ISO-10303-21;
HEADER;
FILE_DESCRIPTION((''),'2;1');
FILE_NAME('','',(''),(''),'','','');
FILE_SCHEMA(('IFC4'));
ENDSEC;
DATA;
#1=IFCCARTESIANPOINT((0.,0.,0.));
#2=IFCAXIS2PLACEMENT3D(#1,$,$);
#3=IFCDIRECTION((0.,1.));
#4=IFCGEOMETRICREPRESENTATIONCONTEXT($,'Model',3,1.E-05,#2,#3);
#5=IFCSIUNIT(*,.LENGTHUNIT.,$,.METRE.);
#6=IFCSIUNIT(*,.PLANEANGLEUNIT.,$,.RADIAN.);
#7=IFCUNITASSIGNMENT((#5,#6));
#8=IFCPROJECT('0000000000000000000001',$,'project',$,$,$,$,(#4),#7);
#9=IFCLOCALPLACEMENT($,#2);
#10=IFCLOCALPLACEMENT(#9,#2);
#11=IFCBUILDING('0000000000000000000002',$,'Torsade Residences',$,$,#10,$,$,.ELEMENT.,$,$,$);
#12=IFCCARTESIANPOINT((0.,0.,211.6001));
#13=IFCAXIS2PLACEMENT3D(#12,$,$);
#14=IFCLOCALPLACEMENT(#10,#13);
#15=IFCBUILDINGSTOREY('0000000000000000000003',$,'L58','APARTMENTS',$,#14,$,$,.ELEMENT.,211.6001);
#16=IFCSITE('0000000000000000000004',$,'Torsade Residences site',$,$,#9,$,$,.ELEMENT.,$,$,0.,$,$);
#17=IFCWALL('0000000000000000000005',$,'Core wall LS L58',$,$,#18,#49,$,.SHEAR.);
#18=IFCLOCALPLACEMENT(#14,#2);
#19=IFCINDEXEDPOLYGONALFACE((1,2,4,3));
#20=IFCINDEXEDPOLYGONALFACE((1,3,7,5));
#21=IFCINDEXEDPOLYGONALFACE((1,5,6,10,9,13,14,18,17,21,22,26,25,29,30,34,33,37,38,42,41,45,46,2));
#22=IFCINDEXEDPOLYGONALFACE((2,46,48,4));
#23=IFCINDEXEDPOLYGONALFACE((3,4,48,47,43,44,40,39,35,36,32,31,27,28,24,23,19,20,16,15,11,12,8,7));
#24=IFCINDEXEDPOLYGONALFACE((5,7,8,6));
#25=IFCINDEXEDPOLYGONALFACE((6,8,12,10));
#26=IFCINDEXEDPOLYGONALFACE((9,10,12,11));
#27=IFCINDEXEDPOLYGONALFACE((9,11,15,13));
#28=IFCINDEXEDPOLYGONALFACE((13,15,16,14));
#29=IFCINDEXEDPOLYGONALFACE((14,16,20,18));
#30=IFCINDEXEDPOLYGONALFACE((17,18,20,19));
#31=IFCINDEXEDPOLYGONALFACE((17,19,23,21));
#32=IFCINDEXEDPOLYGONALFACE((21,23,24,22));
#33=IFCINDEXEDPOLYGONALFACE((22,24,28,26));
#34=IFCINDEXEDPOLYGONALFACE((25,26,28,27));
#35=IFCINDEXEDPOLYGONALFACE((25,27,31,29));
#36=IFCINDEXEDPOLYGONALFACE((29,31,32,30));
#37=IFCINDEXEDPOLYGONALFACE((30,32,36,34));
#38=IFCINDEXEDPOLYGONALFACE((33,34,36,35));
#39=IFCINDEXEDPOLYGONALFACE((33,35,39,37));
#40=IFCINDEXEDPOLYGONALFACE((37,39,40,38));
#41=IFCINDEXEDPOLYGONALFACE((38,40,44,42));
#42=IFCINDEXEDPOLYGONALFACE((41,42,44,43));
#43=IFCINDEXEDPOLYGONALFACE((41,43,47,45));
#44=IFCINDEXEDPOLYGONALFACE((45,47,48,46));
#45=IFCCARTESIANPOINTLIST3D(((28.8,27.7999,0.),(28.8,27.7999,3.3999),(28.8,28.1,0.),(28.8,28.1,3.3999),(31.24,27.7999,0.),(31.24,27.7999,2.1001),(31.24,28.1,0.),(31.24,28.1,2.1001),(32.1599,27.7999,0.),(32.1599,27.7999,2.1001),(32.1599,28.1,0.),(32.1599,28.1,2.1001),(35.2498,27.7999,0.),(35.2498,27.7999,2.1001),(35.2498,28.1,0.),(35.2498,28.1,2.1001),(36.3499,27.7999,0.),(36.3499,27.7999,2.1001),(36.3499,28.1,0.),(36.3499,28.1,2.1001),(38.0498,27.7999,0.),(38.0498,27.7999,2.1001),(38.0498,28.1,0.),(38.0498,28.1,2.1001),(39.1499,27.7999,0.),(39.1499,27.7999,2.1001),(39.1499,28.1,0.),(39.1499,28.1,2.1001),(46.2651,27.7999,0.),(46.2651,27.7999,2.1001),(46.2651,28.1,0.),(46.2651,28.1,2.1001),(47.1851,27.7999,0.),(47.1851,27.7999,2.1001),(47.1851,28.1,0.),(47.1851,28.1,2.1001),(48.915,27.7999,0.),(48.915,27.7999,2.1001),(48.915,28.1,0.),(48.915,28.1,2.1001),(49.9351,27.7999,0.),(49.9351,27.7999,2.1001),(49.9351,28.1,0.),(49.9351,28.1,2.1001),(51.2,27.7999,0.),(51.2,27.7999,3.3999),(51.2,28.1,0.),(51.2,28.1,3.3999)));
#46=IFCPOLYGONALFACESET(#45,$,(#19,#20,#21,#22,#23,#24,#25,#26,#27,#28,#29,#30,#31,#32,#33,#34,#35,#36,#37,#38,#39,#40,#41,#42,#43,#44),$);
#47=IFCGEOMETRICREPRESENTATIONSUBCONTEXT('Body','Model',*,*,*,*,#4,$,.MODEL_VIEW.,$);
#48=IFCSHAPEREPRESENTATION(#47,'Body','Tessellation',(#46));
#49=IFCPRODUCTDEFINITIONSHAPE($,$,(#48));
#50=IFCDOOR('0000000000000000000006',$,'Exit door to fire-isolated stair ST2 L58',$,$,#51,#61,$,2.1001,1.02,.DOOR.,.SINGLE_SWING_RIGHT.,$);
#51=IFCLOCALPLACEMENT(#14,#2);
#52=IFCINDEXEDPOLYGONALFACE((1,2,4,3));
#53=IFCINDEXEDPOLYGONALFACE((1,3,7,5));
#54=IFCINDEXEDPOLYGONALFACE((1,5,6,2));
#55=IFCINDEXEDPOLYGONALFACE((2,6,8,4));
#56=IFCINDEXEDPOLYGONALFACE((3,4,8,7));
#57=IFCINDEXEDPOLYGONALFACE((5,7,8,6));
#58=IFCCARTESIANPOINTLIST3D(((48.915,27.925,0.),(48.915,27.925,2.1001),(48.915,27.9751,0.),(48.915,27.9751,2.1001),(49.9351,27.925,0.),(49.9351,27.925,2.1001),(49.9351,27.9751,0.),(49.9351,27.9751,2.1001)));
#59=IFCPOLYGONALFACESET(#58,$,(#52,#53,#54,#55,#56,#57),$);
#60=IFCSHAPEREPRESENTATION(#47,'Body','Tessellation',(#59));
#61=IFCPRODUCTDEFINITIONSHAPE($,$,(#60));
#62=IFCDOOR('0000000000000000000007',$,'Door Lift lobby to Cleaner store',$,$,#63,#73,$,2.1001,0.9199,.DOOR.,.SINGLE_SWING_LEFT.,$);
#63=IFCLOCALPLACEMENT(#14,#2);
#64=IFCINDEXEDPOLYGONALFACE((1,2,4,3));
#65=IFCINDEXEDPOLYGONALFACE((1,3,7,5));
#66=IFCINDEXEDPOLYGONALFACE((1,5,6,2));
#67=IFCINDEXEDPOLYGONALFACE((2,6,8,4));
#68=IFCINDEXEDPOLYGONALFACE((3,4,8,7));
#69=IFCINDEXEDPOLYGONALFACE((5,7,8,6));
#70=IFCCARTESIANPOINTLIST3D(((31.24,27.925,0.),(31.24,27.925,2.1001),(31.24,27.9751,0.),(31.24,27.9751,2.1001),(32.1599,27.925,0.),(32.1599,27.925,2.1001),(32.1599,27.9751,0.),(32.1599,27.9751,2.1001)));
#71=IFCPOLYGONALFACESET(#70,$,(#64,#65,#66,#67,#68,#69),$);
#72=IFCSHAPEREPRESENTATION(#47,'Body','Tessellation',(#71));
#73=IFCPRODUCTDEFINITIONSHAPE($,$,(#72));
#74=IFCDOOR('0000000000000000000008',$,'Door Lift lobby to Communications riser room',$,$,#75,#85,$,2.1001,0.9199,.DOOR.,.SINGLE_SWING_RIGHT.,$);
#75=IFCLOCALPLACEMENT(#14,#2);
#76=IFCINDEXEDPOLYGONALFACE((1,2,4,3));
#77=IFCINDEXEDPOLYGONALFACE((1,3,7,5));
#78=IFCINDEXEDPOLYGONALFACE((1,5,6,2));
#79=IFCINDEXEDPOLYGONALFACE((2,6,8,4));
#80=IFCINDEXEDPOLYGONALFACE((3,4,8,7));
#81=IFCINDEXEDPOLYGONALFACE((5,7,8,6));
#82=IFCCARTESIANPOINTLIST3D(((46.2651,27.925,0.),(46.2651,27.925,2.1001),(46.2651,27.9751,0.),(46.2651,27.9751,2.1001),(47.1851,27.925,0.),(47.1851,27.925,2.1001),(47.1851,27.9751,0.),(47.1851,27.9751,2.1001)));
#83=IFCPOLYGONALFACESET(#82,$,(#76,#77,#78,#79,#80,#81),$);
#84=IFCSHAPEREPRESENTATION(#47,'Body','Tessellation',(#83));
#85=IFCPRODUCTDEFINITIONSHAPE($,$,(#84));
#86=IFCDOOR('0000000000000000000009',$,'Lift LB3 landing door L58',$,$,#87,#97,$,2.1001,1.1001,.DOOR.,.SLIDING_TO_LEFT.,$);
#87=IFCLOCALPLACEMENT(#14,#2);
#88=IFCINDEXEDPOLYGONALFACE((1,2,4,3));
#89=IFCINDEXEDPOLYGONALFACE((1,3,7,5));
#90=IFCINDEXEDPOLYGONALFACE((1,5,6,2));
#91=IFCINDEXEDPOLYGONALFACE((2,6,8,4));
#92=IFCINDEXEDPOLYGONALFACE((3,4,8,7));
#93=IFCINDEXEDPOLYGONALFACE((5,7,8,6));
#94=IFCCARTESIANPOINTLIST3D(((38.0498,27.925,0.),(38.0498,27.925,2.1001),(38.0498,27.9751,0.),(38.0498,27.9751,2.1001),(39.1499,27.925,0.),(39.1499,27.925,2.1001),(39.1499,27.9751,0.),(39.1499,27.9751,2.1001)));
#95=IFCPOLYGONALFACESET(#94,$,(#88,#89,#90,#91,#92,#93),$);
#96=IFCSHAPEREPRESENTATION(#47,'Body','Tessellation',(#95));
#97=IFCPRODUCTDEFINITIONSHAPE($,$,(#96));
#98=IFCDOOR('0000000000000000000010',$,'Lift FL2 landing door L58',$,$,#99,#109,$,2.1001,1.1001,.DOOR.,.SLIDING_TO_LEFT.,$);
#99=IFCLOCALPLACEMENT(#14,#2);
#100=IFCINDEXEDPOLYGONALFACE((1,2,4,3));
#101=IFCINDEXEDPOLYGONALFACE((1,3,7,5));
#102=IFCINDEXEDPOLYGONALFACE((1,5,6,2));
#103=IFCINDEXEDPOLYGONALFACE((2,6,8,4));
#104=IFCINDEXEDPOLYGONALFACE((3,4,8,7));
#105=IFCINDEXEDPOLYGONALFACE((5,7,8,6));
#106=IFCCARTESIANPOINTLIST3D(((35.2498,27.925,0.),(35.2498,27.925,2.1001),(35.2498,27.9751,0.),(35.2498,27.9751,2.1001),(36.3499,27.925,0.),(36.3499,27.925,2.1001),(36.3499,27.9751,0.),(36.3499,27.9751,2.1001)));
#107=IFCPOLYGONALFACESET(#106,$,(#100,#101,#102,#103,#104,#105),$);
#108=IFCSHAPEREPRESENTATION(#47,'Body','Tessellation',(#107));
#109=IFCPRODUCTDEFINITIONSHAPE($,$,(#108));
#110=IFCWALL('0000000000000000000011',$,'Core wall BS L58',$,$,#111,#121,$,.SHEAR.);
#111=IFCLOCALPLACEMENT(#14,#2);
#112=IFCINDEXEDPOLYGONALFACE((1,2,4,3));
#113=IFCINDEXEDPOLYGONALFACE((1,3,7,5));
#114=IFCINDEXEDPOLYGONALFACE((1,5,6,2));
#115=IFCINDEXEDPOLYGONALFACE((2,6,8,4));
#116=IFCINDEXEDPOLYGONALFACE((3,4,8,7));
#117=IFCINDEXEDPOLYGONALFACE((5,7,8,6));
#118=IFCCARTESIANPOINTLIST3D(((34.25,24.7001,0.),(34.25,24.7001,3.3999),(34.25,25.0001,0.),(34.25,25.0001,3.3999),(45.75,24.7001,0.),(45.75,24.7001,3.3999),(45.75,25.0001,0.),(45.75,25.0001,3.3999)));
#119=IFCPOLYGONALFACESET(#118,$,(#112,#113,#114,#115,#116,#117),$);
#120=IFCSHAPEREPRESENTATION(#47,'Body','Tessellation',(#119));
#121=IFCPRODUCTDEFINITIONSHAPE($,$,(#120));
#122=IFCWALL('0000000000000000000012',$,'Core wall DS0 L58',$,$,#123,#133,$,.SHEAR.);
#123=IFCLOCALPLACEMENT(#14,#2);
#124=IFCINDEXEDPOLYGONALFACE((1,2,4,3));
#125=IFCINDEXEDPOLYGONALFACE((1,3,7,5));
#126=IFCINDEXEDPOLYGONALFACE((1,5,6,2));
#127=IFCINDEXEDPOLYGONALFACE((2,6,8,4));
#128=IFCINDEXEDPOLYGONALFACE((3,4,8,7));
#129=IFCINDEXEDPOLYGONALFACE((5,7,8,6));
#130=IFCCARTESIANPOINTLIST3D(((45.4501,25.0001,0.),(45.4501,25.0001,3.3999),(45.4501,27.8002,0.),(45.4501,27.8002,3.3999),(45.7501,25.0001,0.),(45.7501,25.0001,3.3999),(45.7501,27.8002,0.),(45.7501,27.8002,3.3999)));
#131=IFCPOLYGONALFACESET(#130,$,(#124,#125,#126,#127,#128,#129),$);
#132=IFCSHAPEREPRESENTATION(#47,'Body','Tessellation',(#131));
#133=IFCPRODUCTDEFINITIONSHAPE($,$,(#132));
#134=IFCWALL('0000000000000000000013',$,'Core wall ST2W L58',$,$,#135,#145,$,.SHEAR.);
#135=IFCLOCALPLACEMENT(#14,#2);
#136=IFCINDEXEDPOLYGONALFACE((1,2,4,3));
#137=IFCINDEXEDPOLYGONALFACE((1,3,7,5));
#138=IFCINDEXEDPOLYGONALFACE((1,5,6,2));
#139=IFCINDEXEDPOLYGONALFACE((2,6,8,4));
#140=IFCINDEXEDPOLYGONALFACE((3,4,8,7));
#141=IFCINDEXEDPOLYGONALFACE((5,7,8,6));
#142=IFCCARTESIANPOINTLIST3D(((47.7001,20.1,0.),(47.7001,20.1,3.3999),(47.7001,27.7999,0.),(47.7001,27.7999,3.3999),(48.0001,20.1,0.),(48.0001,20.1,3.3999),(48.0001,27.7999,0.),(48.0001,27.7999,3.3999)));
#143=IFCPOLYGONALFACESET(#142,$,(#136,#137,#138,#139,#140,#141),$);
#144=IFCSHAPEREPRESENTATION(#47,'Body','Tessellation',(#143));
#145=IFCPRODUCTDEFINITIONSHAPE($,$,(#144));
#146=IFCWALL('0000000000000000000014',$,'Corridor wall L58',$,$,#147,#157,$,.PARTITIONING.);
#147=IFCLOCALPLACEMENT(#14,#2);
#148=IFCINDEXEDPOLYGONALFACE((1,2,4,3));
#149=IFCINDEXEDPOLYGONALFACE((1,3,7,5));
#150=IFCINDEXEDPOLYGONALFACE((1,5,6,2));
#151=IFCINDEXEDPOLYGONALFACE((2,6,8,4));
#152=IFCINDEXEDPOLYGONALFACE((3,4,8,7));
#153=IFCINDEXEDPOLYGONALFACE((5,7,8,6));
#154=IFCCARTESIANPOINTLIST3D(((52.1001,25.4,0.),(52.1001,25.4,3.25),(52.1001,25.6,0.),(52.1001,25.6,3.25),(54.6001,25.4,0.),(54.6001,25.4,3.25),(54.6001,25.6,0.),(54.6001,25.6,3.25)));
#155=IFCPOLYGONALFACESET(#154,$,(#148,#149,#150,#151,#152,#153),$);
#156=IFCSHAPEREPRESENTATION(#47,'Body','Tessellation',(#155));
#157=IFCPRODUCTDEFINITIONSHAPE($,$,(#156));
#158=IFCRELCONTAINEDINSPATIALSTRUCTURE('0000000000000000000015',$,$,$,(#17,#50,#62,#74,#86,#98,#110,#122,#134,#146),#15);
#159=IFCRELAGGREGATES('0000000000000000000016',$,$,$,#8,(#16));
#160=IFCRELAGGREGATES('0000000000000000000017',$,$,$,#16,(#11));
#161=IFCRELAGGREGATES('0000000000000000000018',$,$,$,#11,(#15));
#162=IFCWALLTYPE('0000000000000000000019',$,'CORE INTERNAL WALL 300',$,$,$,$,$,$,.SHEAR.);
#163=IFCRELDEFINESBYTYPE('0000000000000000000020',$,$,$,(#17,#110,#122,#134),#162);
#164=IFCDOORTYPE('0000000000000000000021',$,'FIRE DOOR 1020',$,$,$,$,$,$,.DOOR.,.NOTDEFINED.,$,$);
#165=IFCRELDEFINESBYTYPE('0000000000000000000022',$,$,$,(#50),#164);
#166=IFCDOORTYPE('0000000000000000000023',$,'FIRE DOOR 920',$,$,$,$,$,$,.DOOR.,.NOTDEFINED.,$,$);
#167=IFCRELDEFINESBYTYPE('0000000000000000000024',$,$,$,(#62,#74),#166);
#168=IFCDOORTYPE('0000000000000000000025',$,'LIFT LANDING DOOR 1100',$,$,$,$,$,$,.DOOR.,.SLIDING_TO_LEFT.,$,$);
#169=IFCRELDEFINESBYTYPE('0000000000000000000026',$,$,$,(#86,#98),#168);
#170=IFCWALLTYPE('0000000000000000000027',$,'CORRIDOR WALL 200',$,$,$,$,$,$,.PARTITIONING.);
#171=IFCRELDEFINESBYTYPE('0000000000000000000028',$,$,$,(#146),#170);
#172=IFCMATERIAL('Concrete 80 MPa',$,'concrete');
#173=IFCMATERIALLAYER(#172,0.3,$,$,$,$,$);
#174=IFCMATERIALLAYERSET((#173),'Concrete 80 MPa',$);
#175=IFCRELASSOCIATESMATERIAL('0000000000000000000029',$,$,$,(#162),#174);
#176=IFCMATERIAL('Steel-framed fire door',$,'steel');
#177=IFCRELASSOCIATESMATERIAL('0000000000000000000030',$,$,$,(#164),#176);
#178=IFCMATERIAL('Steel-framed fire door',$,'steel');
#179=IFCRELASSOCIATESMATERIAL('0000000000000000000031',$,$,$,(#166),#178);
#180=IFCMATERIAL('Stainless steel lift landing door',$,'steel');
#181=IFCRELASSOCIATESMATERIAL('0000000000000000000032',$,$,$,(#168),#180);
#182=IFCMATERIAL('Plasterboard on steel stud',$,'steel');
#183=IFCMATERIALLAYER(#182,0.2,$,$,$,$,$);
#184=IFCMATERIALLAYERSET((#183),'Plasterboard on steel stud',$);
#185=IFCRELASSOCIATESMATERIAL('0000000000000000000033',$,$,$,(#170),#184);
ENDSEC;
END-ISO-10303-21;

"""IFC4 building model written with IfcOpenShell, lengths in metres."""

from ifc_helpers import new_model, si_unit, direction, frame, frame_2d, origin, place, context, subcontext, project, spatial, rectangle, extrude, material, layer, layer_set, type_object, element, fill, save


model = new_model("IFC4")

# Units and contexts
model_context = context("Model", 3, precision=1e-05, world=origin(), true_north=direction((0.0, 1.0)))
body_context = subcontext(model_context, "Body", "Model", "MODEL_VIEW")
ifc_project = project(units=[si_unit("LENGTHUNIT", "METRE"), si_unit("PLANEANGLEUNIT", "RADIAN")], contexts=[model_context])

# Site, building, storey
site_placement = place(None, origin())
site = spatial("IfcSite", under=ifc_project, at=site_placement, Name="Torsade Residences site", CompositionType="ELEMENT", RefElevation=0.0)
building_placement = place(site_placement, origin())
building = spatial("IfcBuilding", under=site, at=building_placement, Name="Torsade Residences", CompositionType="ELEMENT")
storey_placement = place(building_placement, frame((0.0, 0.0, 211.6001)))
storey = spatial("IfcBuildingStorey", under=building, at=storey_placement, Name="L58", Description="APARTMENTS", CompositionType="ELEMENT", Elevation=211.6001)

# Wall, openings, doors
ifc_material_1 = material(Name="Concrete 80 MPa", Category="concrete")
ifc_layer_1 = layer(ifc_material_1, 0.3)
ifc_layer_set_1 = layer_set([ifc_layer_1], Name="Concrete 80 MPa")
wall_type_1 = type_object("IfcWallType", Name="CORE INTERNAL WALL 300", PredefinedType="SHEAR", material=ifc_layer_set_1)
wall_1_placement = place(storey_placement, frame((51.2, 27.95, 0.0), z_axis=(0.0, 0.0, 1.0), x_axis=(-1.0, 0.0, 0.0)))
wall_1 = element("IfcWall", 1, at=wall_1_placement, inside=storey, type_object=wall_type_1, Name="Core wall LS L58", PredefinedType="SHEAR", context=body_context, shape_type="SweptSolid", body=[
    extrude(rectangle(XDim=22.3999, YDim=0.3, at=frame_2d((11.2, 0.0))), origin(), (0.0, 0.0, 1.0), 3.3999),
])
opening_1_placement = place(wall_1_placement, frame((19.04, 0.0, 0.0)))
opening_1 = element("IfcOpeningElement", 2, at=opening_1_placement, cuts=wall_1, PredefinedType="OPENING", context=body_context, shape_type="SweptSolid", body=[
    extrude(rectangle(XDim=0.9199, YDim=2.1001, at=frame_2d((0.46, 1.05))), frame((0.0, 0.1599, 0.0), z_axis=(0.0, -1.0, 0.0), x_axis=(1.0, 0.0, 0.0)), (0.0, 0.0, 1.0), 0.3201),
])
opening_2_placement = place(wall_1_placement, frame((1.2649, 0.0, 0.0)))
opening_2 = element("IfcOpeningElement", 3, at=opening_2_placement, cuts=wall_1, PredefinedType="OPENING", context=body_context, shape_type="SweptSolid", body=[
    extrude(rectangle(XDim=1.02, YDim=2.1001, at=frame_2d((0.51, 1.05))), frame((0.0, 0.1599, 0.0), z_axis=(0.0, -1.0, 0.0), x_axis=(1.0, 0.0, 0.0)), (0.0, 0.0, 1.0), 0.3201),
])
opening_3_placement = place(wall_1_placement, frame((4.0149, 0.0, 0.0)))
opening_3 = element("IfcOpeningElement", 4, at=opening_3_placement, cuts=wall_1, PredefinedType="OPENING", context=body_context, shape_type="SweptSolid", body=[
    extrude(rectangle(XDim=0.9199, YDim=2.1001, at=frame_2d((0.46, 1.05))), frame((0.0, 0.1599, 0.0), z_axis=(0.0, -1.0, 0.0), x_axis=(1.0, 0.0, 0.0)), (0.0, 0.0, 1.0), 0.3201),
])
opening_4_placement = place(wall_1_placement, frame((12.05, 0.0, 0.0)))
opening_4 = element("IfcOpeningElement", 5, at=opening_4_placement, cuts=wall_1, PredefinedType="OPENING", context=body_context, shape_type="SweptSolid", body=[
    extrude(rectangle(XDim=1.1001, YDim=2.1001, at=frame_2d((0.55, 1.05))), frame((0.0, 0.1599, 0.0), z_axis=(0.0, -1.0, 0.0), x_axis=(1.0, 0.0, 0.0)), (0.0, 0.0, 1.0), 0.3201),
])
opening_5_placement = place(wall_1_placement, frame((14.8501, 0.0, 0.0)))
opening_5 = element("IfcOpeningElement", 6, at=opening_5_placement, cuts=wall_1, PredefinedType="OPENING", context=body_context, shape_type="SweptSolid", body=[
    extrude(rectangle(XDim=1.1001, YDim=2.1001, at=frame_2d((0.55, 1.05))), frame((0.0, 0.1599, 0.0), z_axis=(0.0, -1.0, 0.0), x_axis=(1.0, 0.0, 0.0)), (0.0, 0.0, 1.0), 0.3201),
])
ifc_material_2 = material(Name="Steel-framed fire door", Category="steel")
door_type_1 = type_object("IfcDoorType", Name="FIRE DOOR 1020", OperationType="NOTDEFINED", PredefinedType="DOOR", material=ifc_material_2)
door_1_placement = place(opening_2_placement, origin())
door_1 = element("IfcDoor", 7, at=door_1_placement, inside=storey, type_object=door_type_1, Name="Exit door to fire-isolated stair ST2 L58", OperationType="SINGLE_SWING_RIGHT", OverallHeight=2.1001, OverallWidth=1.02, PredefinedType="DOOR", context=body_context, shape_type="SweptSolid", body=[
    extrude(rectangle(XDim=1.02, YDim=2.1001, at=frame_2d((0.51, 1.05))), frame((0.0, 0.0249, 0.0), z_axis=(0.0, -1.0, 0.0), x_axis=(1.0, 0.0, 0.0)), (0.0, 0.0, 1.0), 0.05),
])
fill(opening_2, door_1)
ifc_material_3 = material(Name="Steel-framed fire door", Category="steel")
door_type_2 = type_object("IfcDoorType", Name="FIRE DOOR 920", OperationType="NOTDEFINED", PredefinedType="DOOR", material=ifc_material_3)
door_2_placement = place(opening_1_placement, origin())
door_2 = element("IfcDoor", 8, at=door_2_placement, inside=storey, type_object=door_type_2, Name="Door Lift lobby to Cleaner store", OperationType="SINGLE_SWING_LEFT", OverallHeight=2.1001, OverallWidth=0.9199, PredefinedType="DOOR", context=body_context, shape_type="SweptSolid", body=[
    extrude(rectangle(XDim=0.9199, YDim=2.1001, at=frame_2d((0.46, 1.05))), frame((0.0, 0.0249, 0.0), z_axis=(0.0, -1.0, 0.0), x_axis=(1.0, 0.0, 0.0)), (0.0, 0.0, 1.0), 0.05),
])
fill(opening_1, door_2)
door_3_placement = place(opening_3_placement, origin())
door_3 = element("IfcDoor", 9, at=door_3_placement, inside=storey, type_object=door_type_2, Name="Door Lift lobby to Communications riser room", OperationType="SINGLE_SWING_RIGHT", OverallHeight=2.1001, OverallWidth=0.9199, PredefinedType="DOOR", context=body_context, shape_type="SweptSolid", body=[
    extrude(rectangle(XDim=0.9199, YDim=2.1001, at=frame_2d((0.46, 1.05))), frame((0.0, 0.0249, 0.0), z_axis=(0.0, -1.0, 0.0), x_axis=(1.0, 0.0, 0.0)), (0.0, 0.0, 1.0), 0.05),
])
fill(opening_3, door_3)
ifc_material_4 = material(Name="Stainless steel lift landing door", Category="steel")
door_type_3 = type_object("IfcDoorType", Name="LIFT LANDING DOOR 1100", OperationType="SLIDING_TO_LEFT", PredefinedType="DOOR", material=ifc_material_4)
door_4_placement = place(opening_4_placement, origin())
door_4 = element("IfcDoor", 10, at=door_4_placement, inside=storey, type_object=door_type_3, Name="Lift LB3 landing door L58", OperationType="SLIDING_TO_LEFT", OverallHeight=2.1001, OverallWidth=1.1001, PredefinedType="DOOR", context=body_context, shape_type="SweptSolid", body=[
    extrude(rectangle(XDim=1.1001, YDim=2.1001, at=frame_2d((0.55, 1.05))), frame((0.0, 0.0249, 0.0), z_axis=(0.0, -1.0, 0.0), x_axis=(1.0, 0.0, 0.0)), (0.0, 0.0, 1.0), 0.05),
])
fill(opening_4, door_4)
door_5_placement = place(opening_5_placement, origin())
door_5 = element("IfcDoor", 11, at=door_5_placement, inside=storey, type_object=door_type_3, Name="Lift FL2 landing door L58", OperationType="SLIDING_TO_LEFT", OverallHeight=2.1001, OverallWidth=1.1001, PredefinedType="DOOR", context=body_context, shape_type="SweptSolid", body=[
    extrude(rectangle(XDim=1.1001, YDim=2.1001, at=frame_2d((0.55, 1.05))), frame((0.0, 0.0249, 0.0), z_axis=(0.0, -1.0, 0.0), x_axis=(1.0, 0.0, 0.0)), (0.0, 0.0, 1.0), 0.05),
])
fill(opening_5, door_5)

# Walls
wall_2_placement = place(storey_placement, frame((45.75, 24.8501, 0.0), z_axis=(0.0, 0.0, 1.0), x_axis=(-1.0, 0.0, 0.0)))
element("IfcWall", 12, at=wall_2_placement, inside=storey, type_object=wall_type_1, Name="Core wall BS L58", PredefinedType="SHEAR", context=body_context, shape_type="SweptSolid", body=[
    extrude(rectangle(XDim=11.5, YDim=0.3, at=frame_2d((5.75, 0.0))), origin(), (0.0, 0.0, 1.0), 3.3999),
])
wall_3_placement = place(storey_placement, frame((45.6001, 27.8, 0.0), z_axis=(0.0, 0.0, 1.0), x_axis=(0.0, -1.0, 0.0)))
element("IfcWall", 13, at=wall_3_placement, inside=storey, type_object=wall_type_1, Name="Core wall DS0 L58", PredefinedType="SHEAR", context=body_context, shape_type="SweptSolid", body=[
    extrude(rectangle(XDim=2.8, YDim=0.3, at=frame_2d((1.3999, 0.0))), origin(), (0.0, 0.0, 1.0), 3.3999),
])
wall_4_placement = place(storey_placement, frame((47.8501, 27.8, 0.0), z_axis=(0.0, 0.0, 1.0), x_axis=(0.0, -1.0, 0.0)))
element("IfcWall", 14, at=wall_4_placement, inside=storey, type_object=wall_type_1, Name="Core wall ST2W L58", PredefinedType="SHEAR", context=body_context, shape_type="SweptSolid", body=[
    extrude(rectangle(XDim=7.7, YDim=0.3, at=frame_2d((3.8501, 0.0))), origin(), (0.0, 0.0, 1.0), 3.3999),
])
ifc_material_5 = material(Name="Plasterboard on steel stud", Category="steel")
ifc_layer_2 = layer(ifc_material_5, 0.2)
ifc_layer_set_2 = layer_set([ifc_layer_2], Name="Plasterboard on steel stud")
wall_type_2 = type_object("IfcWallType", Name="CORRIDOR WALL 200", PredefinedType="PARTITIONING", material=ifc_layer_set_2)
wall_5_placement = place(storey_placement, frame((52.1001, 25.5, 0.0), z_axis=(0.0, 0.0, 1.0), x_axis=(1.0, 0.0, 0.0)))
element("IfcWall", 15, at=wall_5_placement, inside=storey, type_object=wall_type_2, Name="Corridor wall L58", PredefinedType="PARTITIONING", context=body_context, shape_type="SweptSolid", body=[
    extrude(rectangle(XDim=2.5, YDim=0.2, at=frame_2d((1.25, 0.0))), origin(), (0.0, 0.0, 1.0), 3.25),
])

save(model, "model.ifc")
